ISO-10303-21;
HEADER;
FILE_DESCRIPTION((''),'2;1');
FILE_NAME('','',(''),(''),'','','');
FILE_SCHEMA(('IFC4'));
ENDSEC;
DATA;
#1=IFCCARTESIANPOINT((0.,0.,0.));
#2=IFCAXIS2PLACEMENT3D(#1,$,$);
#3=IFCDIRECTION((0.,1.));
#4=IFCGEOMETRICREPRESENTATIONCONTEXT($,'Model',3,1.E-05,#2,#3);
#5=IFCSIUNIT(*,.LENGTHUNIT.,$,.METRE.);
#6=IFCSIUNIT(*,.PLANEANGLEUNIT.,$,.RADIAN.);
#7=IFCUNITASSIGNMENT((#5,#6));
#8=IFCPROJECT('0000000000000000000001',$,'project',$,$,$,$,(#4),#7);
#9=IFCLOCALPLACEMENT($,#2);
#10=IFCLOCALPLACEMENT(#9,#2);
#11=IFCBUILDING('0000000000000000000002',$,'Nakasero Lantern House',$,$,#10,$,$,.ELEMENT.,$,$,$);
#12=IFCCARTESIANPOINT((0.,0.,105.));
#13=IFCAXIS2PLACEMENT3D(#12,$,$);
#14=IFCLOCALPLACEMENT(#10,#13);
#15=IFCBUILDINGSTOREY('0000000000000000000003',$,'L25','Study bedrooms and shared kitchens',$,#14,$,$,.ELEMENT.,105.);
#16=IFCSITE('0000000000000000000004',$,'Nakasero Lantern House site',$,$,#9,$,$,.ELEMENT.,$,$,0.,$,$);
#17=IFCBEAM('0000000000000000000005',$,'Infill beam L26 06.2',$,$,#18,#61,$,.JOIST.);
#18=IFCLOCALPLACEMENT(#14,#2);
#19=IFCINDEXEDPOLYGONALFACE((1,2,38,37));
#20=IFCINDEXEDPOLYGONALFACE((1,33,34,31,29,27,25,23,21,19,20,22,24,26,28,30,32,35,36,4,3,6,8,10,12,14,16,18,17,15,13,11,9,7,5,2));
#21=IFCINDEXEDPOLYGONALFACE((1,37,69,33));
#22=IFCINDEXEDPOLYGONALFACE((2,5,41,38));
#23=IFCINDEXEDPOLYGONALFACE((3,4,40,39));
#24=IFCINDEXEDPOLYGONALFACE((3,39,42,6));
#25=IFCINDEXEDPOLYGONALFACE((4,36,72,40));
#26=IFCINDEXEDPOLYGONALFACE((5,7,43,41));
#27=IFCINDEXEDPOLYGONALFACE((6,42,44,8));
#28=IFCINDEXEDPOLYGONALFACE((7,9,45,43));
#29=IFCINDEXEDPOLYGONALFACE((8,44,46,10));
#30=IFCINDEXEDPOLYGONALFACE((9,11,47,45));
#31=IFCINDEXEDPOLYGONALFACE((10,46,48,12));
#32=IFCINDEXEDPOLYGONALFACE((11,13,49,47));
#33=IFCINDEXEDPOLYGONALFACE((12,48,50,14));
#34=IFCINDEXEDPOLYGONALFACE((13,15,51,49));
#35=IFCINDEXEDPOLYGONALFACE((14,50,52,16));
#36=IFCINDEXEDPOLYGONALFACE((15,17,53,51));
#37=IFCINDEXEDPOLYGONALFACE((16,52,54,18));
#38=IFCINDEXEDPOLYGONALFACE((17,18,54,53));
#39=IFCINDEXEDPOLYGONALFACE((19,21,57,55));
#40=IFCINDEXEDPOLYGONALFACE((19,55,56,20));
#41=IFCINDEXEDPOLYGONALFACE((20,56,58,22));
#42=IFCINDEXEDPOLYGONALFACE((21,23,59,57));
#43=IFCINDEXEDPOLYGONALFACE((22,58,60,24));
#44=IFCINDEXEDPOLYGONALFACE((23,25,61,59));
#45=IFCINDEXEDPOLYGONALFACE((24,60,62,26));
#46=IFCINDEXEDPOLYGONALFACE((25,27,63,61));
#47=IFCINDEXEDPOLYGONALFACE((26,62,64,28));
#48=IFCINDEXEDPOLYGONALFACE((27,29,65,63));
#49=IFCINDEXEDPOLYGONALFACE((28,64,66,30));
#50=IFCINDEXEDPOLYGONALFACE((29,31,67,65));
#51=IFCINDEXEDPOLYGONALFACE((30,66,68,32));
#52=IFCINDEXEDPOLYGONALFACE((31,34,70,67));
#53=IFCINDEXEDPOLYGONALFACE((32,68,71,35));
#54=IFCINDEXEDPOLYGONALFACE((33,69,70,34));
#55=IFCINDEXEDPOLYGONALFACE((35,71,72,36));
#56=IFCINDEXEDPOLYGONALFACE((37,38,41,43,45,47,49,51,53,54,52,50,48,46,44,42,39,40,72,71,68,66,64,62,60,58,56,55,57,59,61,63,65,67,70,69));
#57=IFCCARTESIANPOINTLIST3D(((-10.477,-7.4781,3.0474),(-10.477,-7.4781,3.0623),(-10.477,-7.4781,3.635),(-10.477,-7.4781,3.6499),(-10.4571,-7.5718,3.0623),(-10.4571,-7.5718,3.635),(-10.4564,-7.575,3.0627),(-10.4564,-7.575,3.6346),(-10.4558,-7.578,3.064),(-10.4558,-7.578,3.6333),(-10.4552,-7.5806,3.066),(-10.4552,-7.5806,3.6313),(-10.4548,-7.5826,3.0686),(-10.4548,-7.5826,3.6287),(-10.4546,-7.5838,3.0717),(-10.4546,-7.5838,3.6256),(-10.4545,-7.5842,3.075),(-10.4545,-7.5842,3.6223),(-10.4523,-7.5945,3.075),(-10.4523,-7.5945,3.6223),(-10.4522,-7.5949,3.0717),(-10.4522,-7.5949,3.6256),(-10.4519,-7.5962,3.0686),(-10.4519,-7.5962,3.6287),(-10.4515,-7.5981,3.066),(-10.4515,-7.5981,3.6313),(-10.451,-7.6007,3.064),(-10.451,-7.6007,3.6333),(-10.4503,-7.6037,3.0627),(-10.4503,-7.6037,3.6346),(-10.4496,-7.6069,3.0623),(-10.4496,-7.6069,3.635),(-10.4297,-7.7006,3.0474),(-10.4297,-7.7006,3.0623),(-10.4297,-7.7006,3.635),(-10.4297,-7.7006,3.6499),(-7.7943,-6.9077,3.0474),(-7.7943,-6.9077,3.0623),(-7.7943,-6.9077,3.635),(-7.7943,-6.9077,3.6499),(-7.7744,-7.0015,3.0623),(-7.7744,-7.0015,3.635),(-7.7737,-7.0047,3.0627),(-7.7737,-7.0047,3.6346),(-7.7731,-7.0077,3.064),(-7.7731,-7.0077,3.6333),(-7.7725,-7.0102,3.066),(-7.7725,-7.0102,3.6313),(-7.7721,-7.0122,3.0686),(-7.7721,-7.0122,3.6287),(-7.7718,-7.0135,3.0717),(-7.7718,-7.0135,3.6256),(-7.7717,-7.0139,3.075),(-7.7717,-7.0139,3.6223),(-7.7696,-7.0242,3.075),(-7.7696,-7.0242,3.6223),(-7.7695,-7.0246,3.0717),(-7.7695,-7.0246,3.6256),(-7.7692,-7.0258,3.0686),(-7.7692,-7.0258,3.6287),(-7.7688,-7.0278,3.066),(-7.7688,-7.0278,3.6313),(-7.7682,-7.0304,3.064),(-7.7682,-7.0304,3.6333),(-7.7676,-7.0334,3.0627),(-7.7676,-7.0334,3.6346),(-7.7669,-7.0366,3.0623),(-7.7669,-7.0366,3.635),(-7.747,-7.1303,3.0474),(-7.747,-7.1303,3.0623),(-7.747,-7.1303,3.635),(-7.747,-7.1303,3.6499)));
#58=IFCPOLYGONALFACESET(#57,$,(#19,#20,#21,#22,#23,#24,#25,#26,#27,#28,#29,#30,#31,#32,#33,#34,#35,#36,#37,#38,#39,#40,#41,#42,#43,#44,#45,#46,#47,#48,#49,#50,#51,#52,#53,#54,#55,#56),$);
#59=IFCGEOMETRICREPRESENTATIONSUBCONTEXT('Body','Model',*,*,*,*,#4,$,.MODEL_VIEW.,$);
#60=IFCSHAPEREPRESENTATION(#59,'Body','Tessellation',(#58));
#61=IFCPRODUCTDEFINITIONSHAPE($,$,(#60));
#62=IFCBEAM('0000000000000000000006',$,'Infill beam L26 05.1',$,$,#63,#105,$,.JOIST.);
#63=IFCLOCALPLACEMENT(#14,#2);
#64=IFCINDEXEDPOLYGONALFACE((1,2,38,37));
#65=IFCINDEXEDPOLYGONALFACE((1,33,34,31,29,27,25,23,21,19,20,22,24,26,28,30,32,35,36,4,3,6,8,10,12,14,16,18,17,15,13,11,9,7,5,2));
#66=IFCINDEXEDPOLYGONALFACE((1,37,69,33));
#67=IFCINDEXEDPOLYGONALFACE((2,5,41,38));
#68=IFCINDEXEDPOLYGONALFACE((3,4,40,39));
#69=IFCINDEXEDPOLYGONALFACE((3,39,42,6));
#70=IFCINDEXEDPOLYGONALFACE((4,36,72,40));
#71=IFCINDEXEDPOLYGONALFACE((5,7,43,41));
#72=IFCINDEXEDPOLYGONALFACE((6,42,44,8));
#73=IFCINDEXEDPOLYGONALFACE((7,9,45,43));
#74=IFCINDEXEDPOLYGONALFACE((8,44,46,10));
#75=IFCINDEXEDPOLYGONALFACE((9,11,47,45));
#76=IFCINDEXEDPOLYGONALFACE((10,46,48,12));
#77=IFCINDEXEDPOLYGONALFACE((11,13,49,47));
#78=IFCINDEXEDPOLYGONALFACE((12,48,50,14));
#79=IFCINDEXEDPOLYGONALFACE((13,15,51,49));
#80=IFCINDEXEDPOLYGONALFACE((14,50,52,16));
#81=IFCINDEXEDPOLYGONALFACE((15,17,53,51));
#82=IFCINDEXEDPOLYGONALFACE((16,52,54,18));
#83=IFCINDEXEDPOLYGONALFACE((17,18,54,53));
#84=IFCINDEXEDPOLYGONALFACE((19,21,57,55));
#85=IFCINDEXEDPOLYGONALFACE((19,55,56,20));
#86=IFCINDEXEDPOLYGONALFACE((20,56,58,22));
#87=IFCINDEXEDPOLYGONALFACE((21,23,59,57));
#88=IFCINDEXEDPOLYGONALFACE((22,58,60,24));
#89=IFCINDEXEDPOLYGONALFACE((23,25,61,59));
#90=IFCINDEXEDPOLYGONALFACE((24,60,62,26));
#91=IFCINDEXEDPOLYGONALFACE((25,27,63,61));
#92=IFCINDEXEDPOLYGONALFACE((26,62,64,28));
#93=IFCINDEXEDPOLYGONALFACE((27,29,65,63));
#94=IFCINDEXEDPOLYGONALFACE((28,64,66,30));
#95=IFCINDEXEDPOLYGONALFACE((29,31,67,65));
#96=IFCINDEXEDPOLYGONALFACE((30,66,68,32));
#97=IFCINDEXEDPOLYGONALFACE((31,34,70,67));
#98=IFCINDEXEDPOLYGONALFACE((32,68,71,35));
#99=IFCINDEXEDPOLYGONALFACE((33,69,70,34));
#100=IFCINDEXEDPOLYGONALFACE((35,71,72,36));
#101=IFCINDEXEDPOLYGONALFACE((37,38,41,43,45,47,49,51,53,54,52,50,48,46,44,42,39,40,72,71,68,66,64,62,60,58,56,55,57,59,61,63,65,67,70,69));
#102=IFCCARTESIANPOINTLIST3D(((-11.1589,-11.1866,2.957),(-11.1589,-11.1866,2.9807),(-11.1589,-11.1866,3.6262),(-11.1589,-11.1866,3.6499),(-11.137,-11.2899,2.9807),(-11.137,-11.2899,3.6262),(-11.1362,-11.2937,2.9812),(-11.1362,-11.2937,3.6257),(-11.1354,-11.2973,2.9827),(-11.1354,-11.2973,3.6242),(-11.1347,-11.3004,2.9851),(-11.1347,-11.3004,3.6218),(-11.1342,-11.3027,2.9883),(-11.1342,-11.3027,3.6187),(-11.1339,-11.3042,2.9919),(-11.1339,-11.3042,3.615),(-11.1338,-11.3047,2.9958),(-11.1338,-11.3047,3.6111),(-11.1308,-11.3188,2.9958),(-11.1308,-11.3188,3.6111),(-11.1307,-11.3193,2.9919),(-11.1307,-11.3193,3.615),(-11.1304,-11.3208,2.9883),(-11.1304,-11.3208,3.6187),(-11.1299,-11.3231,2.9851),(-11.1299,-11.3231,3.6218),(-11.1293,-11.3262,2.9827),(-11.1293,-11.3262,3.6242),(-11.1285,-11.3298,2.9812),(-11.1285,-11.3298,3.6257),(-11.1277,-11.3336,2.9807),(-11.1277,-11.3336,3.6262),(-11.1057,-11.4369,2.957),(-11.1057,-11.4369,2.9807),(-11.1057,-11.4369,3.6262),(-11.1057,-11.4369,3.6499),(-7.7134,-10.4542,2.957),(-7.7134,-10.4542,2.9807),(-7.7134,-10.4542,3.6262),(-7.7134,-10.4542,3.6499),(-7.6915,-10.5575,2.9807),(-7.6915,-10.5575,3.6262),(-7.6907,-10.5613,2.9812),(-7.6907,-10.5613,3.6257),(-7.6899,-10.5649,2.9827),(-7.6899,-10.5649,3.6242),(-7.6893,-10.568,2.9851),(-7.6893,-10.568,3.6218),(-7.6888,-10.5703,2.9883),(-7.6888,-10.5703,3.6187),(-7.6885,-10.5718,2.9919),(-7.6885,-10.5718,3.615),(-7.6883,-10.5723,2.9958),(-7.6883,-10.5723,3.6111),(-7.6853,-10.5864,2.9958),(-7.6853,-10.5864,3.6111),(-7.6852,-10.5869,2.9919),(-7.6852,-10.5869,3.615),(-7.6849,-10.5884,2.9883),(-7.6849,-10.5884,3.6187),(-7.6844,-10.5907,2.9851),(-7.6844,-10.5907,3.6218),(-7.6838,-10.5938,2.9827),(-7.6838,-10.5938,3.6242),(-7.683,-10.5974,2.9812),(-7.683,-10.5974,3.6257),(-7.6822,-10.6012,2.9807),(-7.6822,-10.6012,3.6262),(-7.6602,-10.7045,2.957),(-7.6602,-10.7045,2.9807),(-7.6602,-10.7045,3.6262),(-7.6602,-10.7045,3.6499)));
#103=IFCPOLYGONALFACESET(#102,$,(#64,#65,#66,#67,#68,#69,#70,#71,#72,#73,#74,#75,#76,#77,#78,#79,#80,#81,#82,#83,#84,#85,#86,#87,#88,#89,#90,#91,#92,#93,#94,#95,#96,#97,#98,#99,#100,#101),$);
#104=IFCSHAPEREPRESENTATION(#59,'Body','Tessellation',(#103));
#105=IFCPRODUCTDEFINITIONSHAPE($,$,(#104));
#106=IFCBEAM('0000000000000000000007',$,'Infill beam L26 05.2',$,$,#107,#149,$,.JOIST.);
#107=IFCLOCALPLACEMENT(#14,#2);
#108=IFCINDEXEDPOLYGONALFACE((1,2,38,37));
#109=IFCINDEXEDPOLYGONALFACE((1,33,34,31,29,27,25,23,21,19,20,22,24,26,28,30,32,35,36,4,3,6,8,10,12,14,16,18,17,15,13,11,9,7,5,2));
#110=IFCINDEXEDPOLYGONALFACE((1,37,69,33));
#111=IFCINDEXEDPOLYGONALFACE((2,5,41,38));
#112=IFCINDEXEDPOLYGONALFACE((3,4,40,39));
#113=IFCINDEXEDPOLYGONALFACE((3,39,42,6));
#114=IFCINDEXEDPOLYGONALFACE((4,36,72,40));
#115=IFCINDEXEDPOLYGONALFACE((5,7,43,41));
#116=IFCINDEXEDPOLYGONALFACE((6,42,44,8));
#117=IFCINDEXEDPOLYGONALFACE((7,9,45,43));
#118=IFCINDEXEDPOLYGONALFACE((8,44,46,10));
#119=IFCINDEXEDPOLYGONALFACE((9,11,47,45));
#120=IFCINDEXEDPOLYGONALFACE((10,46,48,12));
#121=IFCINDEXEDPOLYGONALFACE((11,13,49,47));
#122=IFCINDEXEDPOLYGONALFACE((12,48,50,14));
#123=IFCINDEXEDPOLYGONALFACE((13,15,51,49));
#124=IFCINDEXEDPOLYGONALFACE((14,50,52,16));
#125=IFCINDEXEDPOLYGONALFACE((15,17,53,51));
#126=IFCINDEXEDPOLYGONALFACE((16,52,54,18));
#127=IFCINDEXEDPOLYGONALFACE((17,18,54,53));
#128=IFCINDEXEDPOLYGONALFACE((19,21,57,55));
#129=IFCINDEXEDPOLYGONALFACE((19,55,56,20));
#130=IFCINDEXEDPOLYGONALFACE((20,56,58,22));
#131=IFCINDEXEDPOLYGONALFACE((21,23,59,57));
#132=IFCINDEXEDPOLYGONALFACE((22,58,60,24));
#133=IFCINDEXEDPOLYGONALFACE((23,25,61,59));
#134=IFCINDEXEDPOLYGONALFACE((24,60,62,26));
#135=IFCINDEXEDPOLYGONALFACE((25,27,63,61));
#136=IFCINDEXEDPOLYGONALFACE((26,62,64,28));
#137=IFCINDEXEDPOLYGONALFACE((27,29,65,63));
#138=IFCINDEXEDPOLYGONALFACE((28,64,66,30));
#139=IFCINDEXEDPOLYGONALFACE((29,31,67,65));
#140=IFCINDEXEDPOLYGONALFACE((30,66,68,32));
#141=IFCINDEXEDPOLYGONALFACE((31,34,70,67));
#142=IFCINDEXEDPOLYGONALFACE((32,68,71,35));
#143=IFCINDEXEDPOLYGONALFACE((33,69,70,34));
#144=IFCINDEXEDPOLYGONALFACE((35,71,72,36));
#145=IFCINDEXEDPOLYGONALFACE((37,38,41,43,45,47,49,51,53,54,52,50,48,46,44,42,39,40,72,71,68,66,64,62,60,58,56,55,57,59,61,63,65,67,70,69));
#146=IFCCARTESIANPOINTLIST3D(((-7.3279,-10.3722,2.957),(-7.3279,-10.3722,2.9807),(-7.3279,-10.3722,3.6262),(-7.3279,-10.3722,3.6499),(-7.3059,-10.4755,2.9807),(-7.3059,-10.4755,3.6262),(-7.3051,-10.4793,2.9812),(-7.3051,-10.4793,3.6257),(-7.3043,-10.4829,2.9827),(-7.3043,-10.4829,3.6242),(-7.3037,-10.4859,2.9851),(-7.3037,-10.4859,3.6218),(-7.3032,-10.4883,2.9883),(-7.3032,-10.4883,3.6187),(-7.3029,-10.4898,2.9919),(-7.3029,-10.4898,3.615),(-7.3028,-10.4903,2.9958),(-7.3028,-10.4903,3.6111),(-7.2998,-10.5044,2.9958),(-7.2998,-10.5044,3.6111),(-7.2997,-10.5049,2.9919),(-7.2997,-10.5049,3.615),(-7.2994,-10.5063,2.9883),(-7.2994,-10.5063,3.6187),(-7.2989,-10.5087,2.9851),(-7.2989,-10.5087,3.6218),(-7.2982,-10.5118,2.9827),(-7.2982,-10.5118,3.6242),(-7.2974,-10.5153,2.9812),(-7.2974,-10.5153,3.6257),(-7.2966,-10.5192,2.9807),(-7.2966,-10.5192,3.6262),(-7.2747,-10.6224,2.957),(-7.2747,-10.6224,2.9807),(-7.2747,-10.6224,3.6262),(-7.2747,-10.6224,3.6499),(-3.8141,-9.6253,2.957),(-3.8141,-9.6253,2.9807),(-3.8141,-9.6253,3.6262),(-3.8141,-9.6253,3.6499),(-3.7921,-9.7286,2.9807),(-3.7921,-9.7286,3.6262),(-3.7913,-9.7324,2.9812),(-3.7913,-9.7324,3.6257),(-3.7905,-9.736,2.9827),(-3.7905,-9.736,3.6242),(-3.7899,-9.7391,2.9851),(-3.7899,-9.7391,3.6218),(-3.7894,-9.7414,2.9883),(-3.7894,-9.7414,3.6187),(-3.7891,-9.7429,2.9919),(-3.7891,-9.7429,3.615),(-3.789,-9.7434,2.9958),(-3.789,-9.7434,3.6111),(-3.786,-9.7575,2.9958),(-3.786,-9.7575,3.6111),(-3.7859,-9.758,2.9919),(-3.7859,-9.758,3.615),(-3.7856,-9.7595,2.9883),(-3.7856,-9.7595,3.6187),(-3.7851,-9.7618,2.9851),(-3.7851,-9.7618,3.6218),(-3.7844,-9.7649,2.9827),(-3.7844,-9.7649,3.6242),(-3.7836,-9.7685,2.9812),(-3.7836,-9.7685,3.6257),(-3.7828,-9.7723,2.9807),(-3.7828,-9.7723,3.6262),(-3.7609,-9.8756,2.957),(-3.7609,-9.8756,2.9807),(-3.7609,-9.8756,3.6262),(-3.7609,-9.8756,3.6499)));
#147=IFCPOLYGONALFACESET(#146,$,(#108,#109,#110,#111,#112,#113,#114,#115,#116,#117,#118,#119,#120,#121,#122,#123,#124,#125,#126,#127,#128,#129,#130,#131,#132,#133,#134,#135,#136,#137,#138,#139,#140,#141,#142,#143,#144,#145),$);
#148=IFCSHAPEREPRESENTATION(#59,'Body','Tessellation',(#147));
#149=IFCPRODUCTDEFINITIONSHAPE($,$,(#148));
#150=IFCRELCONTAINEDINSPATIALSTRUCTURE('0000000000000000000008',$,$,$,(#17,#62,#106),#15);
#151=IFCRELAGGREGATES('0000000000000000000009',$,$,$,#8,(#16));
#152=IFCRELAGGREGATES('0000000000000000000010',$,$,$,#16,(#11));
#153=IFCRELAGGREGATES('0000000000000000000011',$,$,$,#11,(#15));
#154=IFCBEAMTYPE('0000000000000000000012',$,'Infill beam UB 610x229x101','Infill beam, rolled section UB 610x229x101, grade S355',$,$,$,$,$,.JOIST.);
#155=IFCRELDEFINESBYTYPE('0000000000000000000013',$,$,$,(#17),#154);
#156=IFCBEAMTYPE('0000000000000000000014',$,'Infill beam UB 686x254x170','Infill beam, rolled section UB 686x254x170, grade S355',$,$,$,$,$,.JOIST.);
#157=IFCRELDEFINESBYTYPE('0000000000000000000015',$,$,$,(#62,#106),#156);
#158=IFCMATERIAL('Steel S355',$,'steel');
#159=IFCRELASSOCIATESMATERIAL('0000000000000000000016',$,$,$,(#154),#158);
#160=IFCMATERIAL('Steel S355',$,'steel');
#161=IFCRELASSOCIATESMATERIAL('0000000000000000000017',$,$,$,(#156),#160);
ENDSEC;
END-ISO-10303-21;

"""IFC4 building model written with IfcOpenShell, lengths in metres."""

from ifc_helpers import new_model, si_unit, direction, frame, origin, origin_2d, place, context, subcontext, project, spatial, i_section, extrude, material, material_profile, profile_set, type_object, element, save


model = new_model("IFC4")

# Units and contexts
model_context = context("Model", 3, precision=1e-05, world=origin(), true_north=direction((0.0, 1.0)))
body_context = subcontext(model_context, "Body", "Model", "MODEL_VIEW")
ifc_project = project(units=[si_unit("LENGTHUNIT", "METRE"), si_unit("PLANEANGLEUNIT", "RADIAN")], contexts=[model_context])

# Site, building, storey
site_placement = place(None, origin())
site = spatial("IfcSite", under=ifc_project, at=site_placement, Name="Nakasero Lantern House site", CompositionType="ELEMENT", RefElevation=0.0)
building_placement = place(site_placement, origin())
building = spatial("IfcBuilding", under=site, at=building_placement, Name="Nakasero Lantern House", CompositionType="ELEMENT")
storey_placement = place(building_placement, frame((0.0, 0.0, 105.0)))
storey = spatial("IfcBuildingStorey", under=building, at=storey_placement, Name="L25", Description="Study bedrooms and shared kitchens", CompositionType="ELEMENT", Elevation=105.0)

# Beams
ifc_material_1 = material(Name="Steel S355", Category="steel")
ifc_material_profile_1 = material_profile(ifc_material_1, i_section(OverallWidth=0.2275, OverallDepth=0.6025, WebThickness=0.0105, FlangeThickness=0.0149, FilletRadius=0.0127, at=origin_2d()), Name="UB 610x229x101")
ifc_profile_set_1 = profile_set([ifc_material_profile_1], Name="Steel S355")
beam_type_1 = type_object("IfcBeamType", Name="Infill beam UB 610x229x101", Description="Infill beam, rolled section UB 610x229x101, grade S355", PredefinedType="JOIST", material=ifc_profile_set_1)
beam_1_placement = place(storey_placement, frame((-10.4534, -7.5894, 3.3486), z_axis=(0.97814, 0.207948, 0.0), x_axis=(-0.207948, 0.97814, 0.0)))
element("IfcBeam", 1, at=beam_1_placement, inside=storey, type_object=beam_type_1, Name="Infill beam L26 06.2", PredefinedType="JOIST", context=body_context, shape_type="SweptSolid", body=[
    extrude(i_section(OverallWidth=0.2275, OverallDepth=0.6025, WebThickness=0.0105, FlangeThickness=0.0149, FilletRadius=0.0127, at=origin_2d()), origin(), (0.0, 0.0, 1.0), 2.7427),
])
ifc_material_2 = material(Name="Steel S355", Category="steel")
ifc_material_profile_2 = material_profile(ifc_material_2, i_section(OverallWidth=0.2559, OverallDepth=0.6929, WebThickness=0.0144, FlangeThickness=0.0237, FilletRadius=0.0151, at=origin_2d()), Name="UB 686x254x170")
ifc_profile_set_2 = profile_set([ifc_material_profile_2], Name="Steel S355")
beam_type_2 = type_object("IfcBeamType", Name="Infill beam UB 686x254x170", Description="Infill beam, rolled section UB 686x254x170, grade S355", PredefinedType="JOIST", material=ifc_profile_set_2)
beam_2_placement = place(storey_placement, frame((-11.1323, -11.3118, 3.3035), z_axis=(0.978145, 0.207924, 0.0), x_axis=(-0.207924, 0.978145, 0.0)))
element("IfcBeam", 2, at=beam_2_placement, inside=storey, type_object=beam_type_2, Name="Infill beam L26 05.1", PredefinedType="JOIST", context=body_context, shape_type="SweptSolid", body=[
    extrude(i_section(OverallWidth=0.2559, OverallDepth=0.6929, WebThickness=0.0144, FlangeThickness=0.0237, FilletRadius=0.0151, at=origin_2d()), origin(), (0.0, 0.0, 1.0), 3.5225),
])
beam_3_placement = place(storey_placement, frame((-7.3013, -10.4973, 3.3035), z_axis=(0.978149, 0.207904, 0.0), x_axis=(-0.207904, 0.978149, 0.0)))
element("IfcBeam", 3, at=beam_3_placement, inside=storey, type_object=beam_type_2, Name="Infill beam L26 05.2", PredefinedType="JOIST", context=body_context, shape_type="SweptSolid", body=[
    extrude(i_section(OverallWidth=0.2559, OverallDepth=0.6929, WebThickness=0.0144, FlangeThickness=0.0237, FilletRadius=0.0151, at=origin_2d()), origin(), (0.0, 0.0, 1.0), 3.5923),
])

save(model, "model.ifc")
